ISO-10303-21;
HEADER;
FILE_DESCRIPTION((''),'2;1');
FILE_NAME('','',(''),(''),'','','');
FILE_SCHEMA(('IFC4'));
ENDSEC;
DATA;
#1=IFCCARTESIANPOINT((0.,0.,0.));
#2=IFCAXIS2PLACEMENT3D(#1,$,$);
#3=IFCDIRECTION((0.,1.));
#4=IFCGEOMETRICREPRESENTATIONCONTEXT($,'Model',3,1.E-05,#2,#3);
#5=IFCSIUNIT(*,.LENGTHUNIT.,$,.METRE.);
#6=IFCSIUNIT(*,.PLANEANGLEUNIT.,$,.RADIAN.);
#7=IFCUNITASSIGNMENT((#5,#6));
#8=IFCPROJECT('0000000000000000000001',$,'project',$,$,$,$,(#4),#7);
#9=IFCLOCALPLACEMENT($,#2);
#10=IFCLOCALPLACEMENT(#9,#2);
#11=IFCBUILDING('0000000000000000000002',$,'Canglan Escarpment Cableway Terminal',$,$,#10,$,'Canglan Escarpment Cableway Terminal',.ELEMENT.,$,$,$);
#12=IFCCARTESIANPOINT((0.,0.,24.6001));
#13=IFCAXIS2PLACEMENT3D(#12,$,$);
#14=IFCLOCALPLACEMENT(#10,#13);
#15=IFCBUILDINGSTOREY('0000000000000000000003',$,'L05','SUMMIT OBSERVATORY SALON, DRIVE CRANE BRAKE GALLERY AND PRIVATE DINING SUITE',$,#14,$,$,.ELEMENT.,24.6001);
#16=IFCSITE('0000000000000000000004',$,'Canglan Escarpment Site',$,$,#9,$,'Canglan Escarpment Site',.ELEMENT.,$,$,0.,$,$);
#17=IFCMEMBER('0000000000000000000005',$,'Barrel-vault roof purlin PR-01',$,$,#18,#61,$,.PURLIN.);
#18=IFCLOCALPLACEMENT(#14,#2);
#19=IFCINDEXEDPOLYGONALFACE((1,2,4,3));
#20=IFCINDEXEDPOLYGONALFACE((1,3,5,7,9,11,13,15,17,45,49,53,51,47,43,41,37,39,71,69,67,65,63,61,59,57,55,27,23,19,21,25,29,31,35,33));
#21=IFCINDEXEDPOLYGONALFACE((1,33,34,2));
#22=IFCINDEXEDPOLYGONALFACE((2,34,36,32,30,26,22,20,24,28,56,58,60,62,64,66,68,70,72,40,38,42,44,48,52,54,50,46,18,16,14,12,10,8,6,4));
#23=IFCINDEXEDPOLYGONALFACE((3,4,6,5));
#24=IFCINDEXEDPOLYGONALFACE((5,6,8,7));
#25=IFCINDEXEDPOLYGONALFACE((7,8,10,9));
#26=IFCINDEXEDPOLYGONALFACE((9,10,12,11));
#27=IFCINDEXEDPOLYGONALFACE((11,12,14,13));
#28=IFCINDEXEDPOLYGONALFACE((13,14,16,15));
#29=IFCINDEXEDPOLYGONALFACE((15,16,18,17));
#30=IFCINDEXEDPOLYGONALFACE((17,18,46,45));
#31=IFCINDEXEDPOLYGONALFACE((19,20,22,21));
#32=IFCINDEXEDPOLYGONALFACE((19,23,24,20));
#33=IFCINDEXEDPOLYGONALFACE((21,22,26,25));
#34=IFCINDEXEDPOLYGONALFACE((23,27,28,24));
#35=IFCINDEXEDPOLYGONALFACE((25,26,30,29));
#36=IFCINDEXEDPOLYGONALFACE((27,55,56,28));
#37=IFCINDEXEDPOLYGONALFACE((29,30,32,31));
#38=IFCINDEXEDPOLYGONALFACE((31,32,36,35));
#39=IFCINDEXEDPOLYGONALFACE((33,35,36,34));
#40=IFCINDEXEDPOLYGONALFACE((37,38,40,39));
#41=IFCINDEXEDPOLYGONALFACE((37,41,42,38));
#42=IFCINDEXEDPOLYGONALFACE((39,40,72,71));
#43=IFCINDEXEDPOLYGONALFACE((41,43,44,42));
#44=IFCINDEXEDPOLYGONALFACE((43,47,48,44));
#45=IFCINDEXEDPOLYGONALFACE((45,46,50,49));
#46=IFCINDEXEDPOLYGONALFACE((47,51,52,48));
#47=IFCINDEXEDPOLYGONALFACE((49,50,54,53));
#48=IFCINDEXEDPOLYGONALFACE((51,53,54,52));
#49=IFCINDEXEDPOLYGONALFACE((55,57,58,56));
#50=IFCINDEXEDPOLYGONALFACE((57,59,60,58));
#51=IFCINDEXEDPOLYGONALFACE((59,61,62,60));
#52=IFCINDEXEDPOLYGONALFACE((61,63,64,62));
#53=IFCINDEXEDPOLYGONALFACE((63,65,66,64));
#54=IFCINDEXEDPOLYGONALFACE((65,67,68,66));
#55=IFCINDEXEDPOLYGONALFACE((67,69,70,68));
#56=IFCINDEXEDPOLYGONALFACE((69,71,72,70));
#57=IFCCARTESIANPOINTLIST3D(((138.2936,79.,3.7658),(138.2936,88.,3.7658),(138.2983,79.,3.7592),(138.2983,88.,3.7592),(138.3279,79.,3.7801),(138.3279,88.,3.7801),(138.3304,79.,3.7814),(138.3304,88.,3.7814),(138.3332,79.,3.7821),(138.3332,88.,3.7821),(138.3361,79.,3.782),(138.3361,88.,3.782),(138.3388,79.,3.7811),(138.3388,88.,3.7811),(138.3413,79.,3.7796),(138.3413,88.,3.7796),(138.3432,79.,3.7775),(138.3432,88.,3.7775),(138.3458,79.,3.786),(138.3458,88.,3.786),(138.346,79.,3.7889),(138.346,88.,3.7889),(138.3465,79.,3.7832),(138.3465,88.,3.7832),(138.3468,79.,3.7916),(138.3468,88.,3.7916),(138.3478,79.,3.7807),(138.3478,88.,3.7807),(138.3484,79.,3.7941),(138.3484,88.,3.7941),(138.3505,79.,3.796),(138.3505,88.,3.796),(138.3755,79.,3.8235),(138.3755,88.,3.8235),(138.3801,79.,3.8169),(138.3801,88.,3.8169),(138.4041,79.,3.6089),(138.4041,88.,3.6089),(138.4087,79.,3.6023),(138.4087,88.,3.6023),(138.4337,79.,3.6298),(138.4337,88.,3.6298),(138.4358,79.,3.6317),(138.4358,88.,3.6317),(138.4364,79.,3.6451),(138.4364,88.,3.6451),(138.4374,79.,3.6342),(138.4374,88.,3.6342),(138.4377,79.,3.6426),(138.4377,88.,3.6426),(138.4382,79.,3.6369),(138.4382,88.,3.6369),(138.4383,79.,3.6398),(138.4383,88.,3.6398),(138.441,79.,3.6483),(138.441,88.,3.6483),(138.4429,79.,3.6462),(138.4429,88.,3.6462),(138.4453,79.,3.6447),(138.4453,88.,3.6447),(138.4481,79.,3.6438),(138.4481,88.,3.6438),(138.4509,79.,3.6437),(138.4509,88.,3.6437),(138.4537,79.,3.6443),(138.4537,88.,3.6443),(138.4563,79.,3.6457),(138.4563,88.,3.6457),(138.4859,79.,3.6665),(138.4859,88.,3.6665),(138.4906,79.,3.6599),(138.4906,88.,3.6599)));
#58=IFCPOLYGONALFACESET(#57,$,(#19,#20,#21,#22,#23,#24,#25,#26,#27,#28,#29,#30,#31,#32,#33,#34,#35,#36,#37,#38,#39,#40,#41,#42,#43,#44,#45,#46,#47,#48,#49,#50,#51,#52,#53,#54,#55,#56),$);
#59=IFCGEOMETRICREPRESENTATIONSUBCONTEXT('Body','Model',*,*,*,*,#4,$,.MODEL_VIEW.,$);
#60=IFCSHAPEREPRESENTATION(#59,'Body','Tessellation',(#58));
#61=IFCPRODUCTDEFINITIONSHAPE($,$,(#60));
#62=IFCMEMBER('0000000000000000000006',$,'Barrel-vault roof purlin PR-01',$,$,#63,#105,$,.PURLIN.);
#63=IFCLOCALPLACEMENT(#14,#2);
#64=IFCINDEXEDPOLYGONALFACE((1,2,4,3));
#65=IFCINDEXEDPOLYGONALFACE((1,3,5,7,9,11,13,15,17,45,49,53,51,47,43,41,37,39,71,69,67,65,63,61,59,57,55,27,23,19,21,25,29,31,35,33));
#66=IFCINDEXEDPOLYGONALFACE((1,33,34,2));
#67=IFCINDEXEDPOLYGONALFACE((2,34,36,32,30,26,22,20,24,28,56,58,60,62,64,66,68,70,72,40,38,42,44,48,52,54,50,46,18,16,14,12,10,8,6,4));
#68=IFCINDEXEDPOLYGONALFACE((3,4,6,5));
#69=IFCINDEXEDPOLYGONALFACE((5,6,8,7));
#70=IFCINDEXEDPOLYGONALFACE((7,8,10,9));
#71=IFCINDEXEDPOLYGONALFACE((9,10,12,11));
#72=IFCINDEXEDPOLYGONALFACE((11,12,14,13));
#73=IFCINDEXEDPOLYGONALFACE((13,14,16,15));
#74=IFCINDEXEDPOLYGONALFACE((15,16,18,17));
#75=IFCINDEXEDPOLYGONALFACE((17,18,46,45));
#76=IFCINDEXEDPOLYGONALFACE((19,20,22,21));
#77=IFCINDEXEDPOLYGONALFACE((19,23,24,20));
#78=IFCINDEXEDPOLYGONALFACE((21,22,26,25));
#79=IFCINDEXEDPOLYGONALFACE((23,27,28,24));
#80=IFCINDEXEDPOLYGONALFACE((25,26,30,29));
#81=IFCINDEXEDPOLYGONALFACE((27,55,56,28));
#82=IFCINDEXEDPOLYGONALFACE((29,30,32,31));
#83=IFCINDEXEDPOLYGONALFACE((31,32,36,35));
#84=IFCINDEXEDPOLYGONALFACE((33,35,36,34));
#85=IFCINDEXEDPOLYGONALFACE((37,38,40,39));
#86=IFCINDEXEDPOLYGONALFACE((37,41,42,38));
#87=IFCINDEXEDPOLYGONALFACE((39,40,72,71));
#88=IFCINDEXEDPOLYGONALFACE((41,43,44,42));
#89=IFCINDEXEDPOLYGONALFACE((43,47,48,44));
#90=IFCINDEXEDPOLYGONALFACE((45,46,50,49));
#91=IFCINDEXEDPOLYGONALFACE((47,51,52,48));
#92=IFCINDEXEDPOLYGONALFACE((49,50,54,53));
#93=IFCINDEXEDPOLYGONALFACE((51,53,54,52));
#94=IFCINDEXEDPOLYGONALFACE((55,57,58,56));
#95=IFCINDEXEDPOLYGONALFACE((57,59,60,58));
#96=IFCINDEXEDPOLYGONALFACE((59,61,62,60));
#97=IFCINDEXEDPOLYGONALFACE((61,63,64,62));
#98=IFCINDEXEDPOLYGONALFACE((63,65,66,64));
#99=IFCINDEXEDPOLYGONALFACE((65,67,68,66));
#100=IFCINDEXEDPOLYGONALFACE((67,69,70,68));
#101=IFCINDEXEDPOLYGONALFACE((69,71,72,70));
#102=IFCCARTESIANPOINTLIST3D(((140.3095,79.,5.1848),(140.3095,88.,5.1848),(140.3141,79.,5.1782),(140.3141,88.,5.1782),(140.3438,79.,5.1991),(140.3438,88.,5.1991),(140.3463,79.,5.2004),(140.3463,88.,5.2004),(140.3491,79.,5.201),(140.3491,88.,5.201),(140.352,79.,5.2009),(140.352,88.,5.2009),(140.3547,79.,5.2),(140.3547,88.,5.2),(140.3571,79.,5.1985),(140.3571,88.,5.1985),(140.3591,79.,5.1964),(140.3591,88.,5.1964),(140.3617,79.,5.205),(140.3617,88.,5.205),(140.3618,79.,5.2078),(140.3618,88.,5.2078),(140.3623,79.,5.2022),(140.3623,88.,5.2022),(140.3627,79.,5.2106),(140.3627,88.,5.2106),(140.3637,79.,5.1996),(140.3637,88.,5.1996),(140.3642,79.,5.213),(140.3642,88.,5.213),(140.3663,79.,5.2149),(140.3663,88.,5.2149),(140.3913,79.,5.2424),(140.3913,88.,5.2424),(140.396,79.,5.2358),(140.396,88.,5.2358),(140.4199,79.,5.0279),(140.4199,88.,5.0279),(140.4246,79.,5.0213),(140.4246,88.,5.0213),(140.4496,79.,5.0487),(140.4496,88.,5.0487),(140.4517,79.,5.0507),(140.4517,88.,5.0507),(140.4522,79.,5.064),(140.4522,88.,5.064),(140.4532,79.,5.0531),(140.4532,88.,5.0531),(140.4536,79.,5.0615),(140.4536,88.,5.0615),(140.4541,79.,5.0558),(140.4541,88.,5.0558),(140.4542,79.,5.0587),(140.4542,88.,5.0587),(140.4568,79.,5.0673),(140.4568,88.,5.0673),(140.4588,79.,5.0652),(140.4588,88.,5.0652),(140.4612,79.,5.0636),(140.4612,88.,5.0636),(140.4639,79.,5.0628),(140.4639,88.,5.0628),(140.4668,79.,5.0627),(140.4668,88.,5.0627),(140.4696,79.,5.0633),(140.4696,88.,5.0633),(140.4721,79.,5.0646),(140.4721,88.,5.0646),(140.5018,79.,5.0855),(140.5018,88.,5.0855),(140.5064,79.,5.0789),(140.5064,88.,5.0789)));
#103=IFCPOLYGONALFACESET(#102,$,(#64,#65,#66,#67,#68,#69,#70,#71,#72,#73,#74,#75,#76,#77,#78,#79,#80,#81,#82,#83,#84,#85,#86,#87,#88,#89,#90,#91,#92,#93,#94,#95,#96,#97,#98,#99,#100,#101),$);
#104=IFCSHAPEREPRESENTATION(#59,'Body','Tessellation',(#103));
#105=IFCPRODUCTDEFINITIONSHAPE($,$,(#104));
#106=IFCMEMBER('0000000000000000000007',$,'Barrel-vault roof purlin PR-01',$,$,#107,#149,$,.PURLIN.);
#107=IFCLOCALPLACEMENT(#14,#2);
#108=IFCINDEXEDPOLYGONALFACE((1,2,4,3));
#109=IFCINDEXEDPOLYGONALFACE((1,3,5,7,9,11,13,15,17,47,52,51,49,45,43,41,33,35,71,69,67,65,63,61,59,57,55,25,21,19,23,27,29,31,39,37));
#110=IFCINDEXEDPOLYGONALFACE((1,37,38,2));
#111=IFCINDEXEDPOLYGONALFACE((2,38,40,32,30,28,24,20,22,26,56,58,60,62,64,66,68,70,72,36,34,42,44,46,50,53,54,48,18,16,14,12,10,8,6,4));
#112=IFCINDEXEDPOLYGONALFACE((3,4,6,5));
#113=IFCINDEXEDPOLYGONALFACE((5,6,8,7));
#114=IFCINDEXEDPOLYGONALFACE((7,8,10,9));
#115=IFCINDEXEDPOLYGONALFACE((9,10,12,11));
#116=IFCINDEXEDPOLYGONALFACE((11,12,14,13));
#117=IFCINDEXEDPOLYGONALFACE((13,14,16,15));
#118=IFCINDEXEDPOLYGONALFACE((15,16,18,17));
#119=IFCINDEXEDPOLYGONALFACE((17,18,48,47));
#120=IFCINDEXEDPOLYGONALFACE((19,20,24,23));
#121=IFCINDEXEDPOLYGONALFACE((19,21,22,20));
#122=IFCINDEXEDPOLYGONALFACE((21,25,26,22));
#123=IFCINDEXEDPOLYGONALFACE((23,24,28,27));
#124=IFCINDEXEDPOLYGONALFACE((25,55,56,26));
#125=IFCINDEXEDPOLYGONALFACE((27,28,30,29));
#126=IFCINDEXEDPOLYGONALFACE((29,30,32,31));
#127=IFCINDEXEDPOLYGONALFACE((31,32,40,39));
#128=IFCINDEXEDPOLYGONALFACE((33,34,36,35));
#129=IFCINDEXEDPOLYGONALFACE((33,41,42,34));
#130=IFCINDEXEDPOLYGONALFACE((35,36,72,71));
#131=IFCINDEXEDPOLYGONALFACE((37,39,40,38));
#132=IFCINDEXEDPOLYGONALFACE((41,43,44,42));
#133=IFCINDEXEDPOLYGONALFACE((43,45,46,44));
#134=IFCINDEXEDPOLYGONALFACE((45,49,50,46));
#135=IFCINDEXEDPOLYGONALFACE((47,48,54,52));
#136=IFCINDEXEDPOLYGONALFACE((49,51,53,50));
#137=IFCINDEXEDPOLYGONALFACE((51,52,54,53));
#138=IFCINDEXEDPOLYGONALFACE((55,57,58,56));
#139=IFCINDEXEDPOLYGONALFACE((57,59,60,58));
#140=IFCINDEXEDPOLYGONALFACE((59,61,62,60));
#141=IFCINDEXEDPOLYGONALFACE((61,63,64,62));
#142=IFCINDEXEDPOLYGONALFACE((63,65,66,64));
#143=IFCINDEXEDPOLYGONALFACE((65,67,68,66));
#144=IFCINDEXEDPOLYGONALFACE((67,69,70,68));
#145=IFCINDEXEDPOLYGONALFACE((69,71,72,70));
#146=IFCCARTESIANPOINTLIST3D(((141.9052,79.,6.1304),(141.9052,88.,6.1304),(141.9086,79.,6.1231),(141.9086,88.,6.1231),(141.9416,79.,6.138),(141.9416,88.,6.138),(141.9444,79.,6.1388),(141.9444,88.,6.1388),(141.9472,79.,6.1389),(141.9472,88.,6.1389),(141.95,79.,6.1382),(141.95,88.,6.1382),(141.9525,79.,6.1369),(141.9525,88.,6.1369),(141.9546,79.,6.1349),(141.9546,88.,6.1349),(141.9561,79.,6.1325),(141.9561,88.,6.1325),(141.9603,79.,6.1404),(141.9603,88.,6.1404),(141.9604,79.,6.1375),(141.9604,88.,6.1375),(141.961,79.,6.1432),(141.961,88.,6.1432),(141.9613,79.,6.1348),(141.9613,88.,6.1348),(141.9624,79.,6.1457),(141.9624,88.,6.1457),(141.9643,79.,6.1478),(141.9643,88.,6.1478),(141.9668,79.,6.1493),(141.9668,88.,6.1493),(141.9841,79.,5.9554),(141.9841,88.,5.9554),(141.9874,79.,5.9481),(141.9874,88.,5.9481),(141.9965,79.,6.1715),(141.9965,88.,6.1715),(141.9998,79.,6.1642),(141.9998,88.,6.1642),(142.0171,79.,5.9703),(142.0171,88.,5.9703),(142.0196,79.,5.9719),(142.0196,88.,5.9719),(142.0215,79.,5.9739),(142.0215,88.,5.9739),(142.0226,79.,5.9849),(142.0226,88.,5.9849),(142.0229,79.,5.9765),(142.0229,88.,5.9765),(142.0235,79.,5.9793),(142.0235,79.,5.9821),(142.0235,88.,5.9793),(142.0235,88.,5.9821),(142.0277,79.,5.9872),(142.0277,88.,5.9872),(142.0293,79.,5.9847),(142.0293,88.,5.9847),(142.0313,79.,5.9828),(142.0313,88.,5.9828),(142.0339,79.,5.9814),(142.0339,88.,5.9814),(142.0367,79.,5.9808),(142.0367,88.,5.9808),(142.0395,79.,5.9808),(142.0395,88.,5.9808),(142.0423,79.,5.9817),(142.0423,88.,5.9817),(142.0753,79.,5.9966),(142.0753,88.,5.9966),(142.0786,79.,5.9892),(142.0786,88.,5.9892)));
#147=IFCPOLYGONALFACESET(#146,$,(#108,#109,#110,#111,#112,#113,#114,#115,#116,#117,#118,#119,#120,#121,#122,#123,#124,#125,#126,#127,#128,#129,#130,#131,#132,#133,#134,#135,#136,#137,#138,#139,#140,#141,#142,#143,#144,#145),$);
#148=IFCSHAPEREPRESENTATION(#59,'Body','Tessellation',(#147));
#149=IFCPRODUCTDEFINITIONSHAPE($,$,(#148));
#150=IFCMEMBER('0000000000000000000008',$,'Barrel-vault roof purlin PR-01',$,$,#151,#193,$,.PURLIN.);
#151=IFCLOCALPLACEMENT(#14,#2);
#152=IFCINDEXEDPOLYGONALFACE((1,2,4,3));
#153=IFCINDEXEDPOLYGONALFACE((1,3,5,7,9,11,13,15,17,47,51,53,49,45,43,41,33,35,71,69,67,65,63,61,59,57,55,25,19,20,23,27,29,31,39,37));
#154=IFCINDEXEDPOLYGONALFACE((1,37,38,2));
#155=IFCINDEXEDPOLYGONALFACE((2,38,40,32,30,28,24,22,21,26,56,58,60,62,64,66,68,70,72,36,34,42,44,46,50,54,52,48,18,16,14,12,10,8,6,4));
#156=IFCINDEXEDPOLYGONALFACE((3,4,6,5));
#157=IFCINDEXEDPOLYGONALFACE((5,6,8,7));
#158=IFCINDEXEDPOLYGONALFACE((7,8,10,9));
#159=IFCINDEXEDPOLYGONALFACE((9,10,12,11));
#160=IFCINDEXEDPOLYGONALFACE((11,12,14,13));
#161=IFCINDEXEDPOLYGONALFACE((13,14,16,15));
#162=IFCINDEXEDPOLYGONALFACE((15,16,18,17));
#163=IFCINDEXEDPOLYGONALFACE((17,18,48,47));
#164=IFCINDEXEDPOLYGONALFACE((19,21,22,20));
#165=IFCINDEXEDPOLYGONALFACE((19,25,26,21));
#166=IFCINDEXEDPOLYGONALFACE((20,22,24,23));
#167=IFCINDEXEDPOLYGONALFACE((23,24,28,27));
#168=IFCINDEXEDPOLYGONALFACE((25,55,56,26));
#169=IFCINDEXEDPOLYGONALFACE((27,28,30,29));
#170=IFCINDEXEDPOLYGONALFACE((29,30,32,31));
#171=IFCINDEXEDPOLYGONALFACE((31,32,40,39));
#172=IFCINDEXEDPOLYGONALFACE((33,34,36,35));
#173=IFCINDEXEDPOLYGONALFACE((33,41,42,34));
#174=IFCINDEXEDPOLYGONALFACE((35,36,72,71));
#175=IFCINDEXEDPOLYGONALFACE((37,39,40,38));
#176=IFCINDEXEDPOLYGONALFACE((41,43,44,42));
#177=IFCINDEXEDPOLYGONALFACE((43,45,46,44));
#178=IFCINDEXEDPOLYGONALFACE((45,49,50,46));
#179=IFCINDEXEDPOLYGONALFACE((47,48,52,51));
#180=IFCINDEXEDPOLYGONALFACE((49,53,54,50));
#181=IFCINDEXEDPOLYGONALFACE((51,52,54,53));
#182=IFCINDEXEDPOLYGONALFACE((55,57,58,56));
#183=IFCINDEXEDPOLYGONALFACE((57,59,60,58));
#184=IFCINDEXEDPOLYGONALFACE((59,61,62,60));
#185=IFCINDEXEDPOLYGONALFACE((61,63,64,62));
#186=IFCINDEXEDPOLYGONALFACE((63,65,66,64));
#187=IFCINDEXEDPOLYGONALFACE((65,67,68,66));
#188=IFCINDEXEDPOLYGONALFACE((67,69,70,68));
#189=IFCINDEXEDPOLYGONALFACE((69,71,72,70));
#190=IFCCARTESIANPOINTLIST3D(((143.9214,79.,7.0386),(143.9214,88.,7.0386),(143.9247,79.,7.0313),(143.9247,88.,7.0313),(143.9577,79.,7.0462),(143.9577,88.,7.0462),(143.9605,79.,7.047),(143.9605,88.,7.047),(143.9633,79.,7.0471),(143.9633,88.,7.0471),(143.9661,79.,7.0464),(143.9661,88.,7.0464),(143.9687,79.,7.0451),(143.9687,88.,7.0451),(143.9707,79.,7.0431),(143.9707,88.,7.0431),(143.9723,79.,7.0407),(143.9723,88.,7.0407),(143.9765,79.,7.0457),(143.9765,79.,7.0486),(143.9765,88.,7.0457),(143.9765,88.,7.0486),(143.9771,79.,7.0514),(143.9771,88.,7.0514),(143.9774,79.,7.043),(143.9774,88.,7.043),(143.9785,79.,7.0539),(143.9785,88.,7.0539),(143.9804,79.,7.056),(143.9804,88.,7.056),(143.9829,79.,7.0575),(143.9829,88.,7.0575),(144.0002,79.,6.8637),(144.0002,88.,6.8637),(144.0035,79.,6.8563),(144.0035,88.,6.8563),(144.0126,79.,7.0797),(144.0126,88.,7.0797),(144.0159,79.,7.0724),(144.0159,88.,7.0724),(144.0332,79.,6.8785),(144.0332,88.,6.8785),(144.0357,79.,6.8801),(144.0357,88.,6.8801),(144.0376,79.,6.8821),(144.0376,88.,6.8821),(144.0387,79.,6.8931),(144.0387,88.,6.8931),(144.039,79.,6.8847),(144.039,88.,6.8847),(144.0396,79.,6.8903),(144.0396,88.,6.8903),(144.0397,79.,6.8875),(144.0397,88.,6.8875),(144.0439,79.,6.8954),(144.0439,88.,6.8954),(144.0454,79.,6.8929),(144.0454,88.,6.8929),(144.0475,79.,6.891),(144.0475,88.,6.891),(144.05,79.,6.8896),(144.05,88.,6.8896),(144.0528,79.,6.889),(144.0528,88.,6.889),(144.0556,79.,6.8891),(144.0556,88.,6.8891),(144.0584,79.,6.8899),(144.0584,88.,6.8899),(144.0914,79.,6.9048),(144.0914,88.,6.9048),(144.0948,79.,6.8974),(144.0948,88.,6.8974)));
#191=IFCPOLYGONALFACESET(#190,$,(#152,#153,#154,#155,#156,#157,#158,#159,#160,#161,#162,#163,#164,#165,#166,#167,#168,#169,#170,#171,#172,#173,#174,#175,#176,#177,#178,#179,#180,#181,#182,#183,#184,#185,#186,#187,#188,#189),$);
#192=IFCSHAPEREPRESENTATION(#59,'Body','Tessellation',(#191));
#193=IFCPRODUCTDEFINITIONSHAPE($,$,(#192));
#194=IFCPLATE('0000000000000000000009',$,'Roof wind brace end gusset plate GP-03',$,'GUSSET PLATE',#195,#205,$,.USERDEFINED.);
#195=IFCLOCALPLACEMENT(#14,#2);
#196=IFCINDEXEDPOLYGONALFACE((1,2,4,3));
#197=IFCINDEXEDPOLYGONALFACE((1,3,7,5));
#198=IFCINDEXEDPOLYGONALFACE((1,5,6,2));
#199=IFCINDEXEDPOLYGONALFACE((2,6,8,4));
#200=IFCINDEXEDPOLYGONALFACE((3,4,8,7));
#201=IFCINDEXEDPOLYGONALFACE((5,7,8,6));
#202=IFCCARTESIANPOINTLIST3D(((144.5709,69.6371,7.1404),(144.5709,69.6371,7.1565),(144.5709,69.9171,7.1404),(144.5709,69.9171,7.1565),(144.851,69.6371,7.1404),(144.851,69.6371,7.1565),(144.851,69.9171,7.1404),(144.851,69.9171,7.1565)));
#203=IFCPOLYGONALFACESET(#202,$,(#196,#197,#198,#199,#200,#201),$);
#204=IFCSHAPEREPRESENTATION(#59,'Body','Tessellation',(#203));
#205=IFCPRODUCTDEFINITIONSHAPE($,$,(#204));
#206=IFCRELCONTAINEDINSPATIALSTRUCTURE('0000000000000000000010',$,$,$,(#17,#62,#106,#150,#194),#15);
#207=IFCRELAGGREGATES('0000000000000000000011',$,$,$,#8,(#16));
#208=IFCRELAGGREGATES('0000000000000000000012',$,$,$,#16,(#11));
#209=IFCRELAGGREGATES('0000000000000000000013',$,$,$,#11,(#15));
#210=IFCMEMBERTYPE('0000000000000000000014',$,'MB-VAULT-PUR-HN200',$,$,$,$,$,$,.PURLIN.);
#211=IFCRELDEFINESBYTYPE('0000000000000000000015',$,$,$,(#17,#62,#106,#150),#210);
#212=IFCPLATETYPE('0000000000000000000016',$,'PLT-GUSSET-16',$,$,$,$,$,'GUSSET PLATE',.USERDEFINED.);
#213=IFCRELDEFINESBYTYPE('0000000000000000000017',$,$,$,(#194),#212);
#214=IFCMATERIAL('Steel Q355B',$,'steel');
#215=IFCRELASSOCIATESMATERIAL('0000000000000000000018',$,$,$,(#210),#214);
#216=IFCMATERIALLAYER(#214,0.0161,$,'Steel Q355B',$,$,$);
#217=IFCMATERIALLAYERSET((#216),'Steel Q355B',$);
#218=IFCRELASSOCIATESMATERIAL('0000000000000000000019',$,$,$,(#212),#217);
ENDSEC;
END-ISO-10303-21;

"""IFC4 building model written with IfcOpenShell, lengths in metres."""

from ifc_helpers import new_model, si_unit, direction, frame, origin, origin_2d, place, context, subcontext, project, spatial, rectangle, i_section, extrude, material, layer, layer_set, material_profile, profile_set, type_object, element, save


model = new_model("IFC4")

# Units and contexts
model_context = context("Model", 3, precision=1e-05, world=origin(), true_north=direction((0.0, 1.0)))
body_context = subcontext(model_context, "Body", "Model", "MODEL_VIEW")
ifc_project = project(units=[si_unit("LENGTHUNIT", "METRE"), si_unit("PLANEANGLEUNIT", "RADIAN")], contexts=[model_context])

# Site, building, storey
site_placement = place(None, origin())
site = spatial("IfcSite", under=ifc_project, at=site_placement, Name="Canglan Escarpment Site", LongName="Canglan Escarpment Site", CompositionType="ELEMENT", RefElevation=0.0)
building_placement = place(site_placement, origin())
building = spatial("IfcBuilding", under=site, at=building_placement, Name="Canglan Escarpment Cableway Terminal", LongName="Canglan Escarpment Cableway Terminal", CompositionType="ELEMENT")
storey_placement = place(building_placement, frame((0.0, 0.0, 24.6001)))
storey = spatial("IfcBuildingStorey", under=building, at=storey_placement, Name="L05", Description="SUMMIT OBSERVATORY SALON, DRIVE CRANE BRAKE GALLERY AND PRIVATE DINING SUITE", CompositionType="ELEMENT", Elevation=24.6001)

# Shared definitions
ifc_material_1 = material(Name="Steel Q355B", Category="steel")

# Members
ifc_material_profile_1 = material_profile(ifc_material_1, i_section(OverallWidth=0.1001, OverallDepth=0.2, WebThickness=0.0056, FlangeThickness=0.0081, FilletRadius=0.011, at=origin_2d()), Name="HN 200x100x5.5x8")
ifc_profile_set_1 = profile_set([ifc_material_profile_1], Name="Steel Q355B")
member_type_1 = type_object("IfcMemberType", Name="MB-VAULT-PUR-HN200", PredefinedType="PURLIN", material=ifc_profile_set_1)
for number, where, z_axis, x_axis, name in (
    (1, (138.3921, 79.0, 3.7129), (0.0, 1.0, 0.0), (-0.817728, 0.0, -0.575605), "Barrel-vault roof purlin PR-01"),
    (2, (140.408, 79.0, 5.1318), (0.0, 1.0, 0.0), (-0.817728, 0.0, -0.575605), "Barrel-vault roof purlin PR-01"),
    (3, (141.9919, 79.0, 6.0598), (0.0, 1.0, 0.0), (-0.911741, 0.0, -0.410767), "Barrel-vault roof purlin PR-01"),
    (4, (144.0081, 79.0, 6.968), (0.0, 1.0, 0.0), (-0.911741, 0.0, -0.410767), "Barrel-vault roof purlin PR-01"),
):
    element("IfcMember", number, at=place(storey_placement, frame(where, z_axis=z_axis, x_axis=x_axis)), inside=storey, type_object=member_type_1, Name=name, PredefinedType="PURLIN", context=body_context, shape_type="SweptSolid", body=[
        extrude(i_section(OverallWidth=0.1001, OverallDepth=0.2, WebThickness=0.0056, FlangeThickness=0.0081, FilletRadius=0.011, at=origin_2d()), origin(), (0.0, 0.0, 1.0), 9.0),
    ])

# Plate
ifc_layer_1 = layer(ifc_material_1, 0.0161, Name="Steel Q355B")
ifc_layer_set_1 = layer_set([ifc_layer_1], Name="Steel Q355B")
plate_type_1 = type_object("IfcPlateType", Name="PLT-GUSSET-16", ElementType="GUSSET PLATE", PredefinedType="USERDEFINED", material=ifc_layer_set_1)
for number, where, z_axis, x_axis, name in (
    (5, (144.7109, 69.7771, 7.1404), (0.0, 0.0, 1.0), (1.0, 0.0, 0.0), "Roof wind brace end gusset plate GP-03"),
):
    element("IfcPlate", number, at=place(storey_placement, frame(where, z_axis=z_axis, x_axis=x_axis)), inside=storey, type_object=plate_type_1, Name=name, ObjectType="GUSSET PLATE", PredefinedType="USERDEFINED", context=body_context, shape_type="SweptSolid", body=[
        extrude(rectangle(XDim=0.28, YDim=0.28, at=origin_2d()), origin(), (0.0, 0.0, 1.0), 0.0161),
    ])

save(model, "model.ifc")
